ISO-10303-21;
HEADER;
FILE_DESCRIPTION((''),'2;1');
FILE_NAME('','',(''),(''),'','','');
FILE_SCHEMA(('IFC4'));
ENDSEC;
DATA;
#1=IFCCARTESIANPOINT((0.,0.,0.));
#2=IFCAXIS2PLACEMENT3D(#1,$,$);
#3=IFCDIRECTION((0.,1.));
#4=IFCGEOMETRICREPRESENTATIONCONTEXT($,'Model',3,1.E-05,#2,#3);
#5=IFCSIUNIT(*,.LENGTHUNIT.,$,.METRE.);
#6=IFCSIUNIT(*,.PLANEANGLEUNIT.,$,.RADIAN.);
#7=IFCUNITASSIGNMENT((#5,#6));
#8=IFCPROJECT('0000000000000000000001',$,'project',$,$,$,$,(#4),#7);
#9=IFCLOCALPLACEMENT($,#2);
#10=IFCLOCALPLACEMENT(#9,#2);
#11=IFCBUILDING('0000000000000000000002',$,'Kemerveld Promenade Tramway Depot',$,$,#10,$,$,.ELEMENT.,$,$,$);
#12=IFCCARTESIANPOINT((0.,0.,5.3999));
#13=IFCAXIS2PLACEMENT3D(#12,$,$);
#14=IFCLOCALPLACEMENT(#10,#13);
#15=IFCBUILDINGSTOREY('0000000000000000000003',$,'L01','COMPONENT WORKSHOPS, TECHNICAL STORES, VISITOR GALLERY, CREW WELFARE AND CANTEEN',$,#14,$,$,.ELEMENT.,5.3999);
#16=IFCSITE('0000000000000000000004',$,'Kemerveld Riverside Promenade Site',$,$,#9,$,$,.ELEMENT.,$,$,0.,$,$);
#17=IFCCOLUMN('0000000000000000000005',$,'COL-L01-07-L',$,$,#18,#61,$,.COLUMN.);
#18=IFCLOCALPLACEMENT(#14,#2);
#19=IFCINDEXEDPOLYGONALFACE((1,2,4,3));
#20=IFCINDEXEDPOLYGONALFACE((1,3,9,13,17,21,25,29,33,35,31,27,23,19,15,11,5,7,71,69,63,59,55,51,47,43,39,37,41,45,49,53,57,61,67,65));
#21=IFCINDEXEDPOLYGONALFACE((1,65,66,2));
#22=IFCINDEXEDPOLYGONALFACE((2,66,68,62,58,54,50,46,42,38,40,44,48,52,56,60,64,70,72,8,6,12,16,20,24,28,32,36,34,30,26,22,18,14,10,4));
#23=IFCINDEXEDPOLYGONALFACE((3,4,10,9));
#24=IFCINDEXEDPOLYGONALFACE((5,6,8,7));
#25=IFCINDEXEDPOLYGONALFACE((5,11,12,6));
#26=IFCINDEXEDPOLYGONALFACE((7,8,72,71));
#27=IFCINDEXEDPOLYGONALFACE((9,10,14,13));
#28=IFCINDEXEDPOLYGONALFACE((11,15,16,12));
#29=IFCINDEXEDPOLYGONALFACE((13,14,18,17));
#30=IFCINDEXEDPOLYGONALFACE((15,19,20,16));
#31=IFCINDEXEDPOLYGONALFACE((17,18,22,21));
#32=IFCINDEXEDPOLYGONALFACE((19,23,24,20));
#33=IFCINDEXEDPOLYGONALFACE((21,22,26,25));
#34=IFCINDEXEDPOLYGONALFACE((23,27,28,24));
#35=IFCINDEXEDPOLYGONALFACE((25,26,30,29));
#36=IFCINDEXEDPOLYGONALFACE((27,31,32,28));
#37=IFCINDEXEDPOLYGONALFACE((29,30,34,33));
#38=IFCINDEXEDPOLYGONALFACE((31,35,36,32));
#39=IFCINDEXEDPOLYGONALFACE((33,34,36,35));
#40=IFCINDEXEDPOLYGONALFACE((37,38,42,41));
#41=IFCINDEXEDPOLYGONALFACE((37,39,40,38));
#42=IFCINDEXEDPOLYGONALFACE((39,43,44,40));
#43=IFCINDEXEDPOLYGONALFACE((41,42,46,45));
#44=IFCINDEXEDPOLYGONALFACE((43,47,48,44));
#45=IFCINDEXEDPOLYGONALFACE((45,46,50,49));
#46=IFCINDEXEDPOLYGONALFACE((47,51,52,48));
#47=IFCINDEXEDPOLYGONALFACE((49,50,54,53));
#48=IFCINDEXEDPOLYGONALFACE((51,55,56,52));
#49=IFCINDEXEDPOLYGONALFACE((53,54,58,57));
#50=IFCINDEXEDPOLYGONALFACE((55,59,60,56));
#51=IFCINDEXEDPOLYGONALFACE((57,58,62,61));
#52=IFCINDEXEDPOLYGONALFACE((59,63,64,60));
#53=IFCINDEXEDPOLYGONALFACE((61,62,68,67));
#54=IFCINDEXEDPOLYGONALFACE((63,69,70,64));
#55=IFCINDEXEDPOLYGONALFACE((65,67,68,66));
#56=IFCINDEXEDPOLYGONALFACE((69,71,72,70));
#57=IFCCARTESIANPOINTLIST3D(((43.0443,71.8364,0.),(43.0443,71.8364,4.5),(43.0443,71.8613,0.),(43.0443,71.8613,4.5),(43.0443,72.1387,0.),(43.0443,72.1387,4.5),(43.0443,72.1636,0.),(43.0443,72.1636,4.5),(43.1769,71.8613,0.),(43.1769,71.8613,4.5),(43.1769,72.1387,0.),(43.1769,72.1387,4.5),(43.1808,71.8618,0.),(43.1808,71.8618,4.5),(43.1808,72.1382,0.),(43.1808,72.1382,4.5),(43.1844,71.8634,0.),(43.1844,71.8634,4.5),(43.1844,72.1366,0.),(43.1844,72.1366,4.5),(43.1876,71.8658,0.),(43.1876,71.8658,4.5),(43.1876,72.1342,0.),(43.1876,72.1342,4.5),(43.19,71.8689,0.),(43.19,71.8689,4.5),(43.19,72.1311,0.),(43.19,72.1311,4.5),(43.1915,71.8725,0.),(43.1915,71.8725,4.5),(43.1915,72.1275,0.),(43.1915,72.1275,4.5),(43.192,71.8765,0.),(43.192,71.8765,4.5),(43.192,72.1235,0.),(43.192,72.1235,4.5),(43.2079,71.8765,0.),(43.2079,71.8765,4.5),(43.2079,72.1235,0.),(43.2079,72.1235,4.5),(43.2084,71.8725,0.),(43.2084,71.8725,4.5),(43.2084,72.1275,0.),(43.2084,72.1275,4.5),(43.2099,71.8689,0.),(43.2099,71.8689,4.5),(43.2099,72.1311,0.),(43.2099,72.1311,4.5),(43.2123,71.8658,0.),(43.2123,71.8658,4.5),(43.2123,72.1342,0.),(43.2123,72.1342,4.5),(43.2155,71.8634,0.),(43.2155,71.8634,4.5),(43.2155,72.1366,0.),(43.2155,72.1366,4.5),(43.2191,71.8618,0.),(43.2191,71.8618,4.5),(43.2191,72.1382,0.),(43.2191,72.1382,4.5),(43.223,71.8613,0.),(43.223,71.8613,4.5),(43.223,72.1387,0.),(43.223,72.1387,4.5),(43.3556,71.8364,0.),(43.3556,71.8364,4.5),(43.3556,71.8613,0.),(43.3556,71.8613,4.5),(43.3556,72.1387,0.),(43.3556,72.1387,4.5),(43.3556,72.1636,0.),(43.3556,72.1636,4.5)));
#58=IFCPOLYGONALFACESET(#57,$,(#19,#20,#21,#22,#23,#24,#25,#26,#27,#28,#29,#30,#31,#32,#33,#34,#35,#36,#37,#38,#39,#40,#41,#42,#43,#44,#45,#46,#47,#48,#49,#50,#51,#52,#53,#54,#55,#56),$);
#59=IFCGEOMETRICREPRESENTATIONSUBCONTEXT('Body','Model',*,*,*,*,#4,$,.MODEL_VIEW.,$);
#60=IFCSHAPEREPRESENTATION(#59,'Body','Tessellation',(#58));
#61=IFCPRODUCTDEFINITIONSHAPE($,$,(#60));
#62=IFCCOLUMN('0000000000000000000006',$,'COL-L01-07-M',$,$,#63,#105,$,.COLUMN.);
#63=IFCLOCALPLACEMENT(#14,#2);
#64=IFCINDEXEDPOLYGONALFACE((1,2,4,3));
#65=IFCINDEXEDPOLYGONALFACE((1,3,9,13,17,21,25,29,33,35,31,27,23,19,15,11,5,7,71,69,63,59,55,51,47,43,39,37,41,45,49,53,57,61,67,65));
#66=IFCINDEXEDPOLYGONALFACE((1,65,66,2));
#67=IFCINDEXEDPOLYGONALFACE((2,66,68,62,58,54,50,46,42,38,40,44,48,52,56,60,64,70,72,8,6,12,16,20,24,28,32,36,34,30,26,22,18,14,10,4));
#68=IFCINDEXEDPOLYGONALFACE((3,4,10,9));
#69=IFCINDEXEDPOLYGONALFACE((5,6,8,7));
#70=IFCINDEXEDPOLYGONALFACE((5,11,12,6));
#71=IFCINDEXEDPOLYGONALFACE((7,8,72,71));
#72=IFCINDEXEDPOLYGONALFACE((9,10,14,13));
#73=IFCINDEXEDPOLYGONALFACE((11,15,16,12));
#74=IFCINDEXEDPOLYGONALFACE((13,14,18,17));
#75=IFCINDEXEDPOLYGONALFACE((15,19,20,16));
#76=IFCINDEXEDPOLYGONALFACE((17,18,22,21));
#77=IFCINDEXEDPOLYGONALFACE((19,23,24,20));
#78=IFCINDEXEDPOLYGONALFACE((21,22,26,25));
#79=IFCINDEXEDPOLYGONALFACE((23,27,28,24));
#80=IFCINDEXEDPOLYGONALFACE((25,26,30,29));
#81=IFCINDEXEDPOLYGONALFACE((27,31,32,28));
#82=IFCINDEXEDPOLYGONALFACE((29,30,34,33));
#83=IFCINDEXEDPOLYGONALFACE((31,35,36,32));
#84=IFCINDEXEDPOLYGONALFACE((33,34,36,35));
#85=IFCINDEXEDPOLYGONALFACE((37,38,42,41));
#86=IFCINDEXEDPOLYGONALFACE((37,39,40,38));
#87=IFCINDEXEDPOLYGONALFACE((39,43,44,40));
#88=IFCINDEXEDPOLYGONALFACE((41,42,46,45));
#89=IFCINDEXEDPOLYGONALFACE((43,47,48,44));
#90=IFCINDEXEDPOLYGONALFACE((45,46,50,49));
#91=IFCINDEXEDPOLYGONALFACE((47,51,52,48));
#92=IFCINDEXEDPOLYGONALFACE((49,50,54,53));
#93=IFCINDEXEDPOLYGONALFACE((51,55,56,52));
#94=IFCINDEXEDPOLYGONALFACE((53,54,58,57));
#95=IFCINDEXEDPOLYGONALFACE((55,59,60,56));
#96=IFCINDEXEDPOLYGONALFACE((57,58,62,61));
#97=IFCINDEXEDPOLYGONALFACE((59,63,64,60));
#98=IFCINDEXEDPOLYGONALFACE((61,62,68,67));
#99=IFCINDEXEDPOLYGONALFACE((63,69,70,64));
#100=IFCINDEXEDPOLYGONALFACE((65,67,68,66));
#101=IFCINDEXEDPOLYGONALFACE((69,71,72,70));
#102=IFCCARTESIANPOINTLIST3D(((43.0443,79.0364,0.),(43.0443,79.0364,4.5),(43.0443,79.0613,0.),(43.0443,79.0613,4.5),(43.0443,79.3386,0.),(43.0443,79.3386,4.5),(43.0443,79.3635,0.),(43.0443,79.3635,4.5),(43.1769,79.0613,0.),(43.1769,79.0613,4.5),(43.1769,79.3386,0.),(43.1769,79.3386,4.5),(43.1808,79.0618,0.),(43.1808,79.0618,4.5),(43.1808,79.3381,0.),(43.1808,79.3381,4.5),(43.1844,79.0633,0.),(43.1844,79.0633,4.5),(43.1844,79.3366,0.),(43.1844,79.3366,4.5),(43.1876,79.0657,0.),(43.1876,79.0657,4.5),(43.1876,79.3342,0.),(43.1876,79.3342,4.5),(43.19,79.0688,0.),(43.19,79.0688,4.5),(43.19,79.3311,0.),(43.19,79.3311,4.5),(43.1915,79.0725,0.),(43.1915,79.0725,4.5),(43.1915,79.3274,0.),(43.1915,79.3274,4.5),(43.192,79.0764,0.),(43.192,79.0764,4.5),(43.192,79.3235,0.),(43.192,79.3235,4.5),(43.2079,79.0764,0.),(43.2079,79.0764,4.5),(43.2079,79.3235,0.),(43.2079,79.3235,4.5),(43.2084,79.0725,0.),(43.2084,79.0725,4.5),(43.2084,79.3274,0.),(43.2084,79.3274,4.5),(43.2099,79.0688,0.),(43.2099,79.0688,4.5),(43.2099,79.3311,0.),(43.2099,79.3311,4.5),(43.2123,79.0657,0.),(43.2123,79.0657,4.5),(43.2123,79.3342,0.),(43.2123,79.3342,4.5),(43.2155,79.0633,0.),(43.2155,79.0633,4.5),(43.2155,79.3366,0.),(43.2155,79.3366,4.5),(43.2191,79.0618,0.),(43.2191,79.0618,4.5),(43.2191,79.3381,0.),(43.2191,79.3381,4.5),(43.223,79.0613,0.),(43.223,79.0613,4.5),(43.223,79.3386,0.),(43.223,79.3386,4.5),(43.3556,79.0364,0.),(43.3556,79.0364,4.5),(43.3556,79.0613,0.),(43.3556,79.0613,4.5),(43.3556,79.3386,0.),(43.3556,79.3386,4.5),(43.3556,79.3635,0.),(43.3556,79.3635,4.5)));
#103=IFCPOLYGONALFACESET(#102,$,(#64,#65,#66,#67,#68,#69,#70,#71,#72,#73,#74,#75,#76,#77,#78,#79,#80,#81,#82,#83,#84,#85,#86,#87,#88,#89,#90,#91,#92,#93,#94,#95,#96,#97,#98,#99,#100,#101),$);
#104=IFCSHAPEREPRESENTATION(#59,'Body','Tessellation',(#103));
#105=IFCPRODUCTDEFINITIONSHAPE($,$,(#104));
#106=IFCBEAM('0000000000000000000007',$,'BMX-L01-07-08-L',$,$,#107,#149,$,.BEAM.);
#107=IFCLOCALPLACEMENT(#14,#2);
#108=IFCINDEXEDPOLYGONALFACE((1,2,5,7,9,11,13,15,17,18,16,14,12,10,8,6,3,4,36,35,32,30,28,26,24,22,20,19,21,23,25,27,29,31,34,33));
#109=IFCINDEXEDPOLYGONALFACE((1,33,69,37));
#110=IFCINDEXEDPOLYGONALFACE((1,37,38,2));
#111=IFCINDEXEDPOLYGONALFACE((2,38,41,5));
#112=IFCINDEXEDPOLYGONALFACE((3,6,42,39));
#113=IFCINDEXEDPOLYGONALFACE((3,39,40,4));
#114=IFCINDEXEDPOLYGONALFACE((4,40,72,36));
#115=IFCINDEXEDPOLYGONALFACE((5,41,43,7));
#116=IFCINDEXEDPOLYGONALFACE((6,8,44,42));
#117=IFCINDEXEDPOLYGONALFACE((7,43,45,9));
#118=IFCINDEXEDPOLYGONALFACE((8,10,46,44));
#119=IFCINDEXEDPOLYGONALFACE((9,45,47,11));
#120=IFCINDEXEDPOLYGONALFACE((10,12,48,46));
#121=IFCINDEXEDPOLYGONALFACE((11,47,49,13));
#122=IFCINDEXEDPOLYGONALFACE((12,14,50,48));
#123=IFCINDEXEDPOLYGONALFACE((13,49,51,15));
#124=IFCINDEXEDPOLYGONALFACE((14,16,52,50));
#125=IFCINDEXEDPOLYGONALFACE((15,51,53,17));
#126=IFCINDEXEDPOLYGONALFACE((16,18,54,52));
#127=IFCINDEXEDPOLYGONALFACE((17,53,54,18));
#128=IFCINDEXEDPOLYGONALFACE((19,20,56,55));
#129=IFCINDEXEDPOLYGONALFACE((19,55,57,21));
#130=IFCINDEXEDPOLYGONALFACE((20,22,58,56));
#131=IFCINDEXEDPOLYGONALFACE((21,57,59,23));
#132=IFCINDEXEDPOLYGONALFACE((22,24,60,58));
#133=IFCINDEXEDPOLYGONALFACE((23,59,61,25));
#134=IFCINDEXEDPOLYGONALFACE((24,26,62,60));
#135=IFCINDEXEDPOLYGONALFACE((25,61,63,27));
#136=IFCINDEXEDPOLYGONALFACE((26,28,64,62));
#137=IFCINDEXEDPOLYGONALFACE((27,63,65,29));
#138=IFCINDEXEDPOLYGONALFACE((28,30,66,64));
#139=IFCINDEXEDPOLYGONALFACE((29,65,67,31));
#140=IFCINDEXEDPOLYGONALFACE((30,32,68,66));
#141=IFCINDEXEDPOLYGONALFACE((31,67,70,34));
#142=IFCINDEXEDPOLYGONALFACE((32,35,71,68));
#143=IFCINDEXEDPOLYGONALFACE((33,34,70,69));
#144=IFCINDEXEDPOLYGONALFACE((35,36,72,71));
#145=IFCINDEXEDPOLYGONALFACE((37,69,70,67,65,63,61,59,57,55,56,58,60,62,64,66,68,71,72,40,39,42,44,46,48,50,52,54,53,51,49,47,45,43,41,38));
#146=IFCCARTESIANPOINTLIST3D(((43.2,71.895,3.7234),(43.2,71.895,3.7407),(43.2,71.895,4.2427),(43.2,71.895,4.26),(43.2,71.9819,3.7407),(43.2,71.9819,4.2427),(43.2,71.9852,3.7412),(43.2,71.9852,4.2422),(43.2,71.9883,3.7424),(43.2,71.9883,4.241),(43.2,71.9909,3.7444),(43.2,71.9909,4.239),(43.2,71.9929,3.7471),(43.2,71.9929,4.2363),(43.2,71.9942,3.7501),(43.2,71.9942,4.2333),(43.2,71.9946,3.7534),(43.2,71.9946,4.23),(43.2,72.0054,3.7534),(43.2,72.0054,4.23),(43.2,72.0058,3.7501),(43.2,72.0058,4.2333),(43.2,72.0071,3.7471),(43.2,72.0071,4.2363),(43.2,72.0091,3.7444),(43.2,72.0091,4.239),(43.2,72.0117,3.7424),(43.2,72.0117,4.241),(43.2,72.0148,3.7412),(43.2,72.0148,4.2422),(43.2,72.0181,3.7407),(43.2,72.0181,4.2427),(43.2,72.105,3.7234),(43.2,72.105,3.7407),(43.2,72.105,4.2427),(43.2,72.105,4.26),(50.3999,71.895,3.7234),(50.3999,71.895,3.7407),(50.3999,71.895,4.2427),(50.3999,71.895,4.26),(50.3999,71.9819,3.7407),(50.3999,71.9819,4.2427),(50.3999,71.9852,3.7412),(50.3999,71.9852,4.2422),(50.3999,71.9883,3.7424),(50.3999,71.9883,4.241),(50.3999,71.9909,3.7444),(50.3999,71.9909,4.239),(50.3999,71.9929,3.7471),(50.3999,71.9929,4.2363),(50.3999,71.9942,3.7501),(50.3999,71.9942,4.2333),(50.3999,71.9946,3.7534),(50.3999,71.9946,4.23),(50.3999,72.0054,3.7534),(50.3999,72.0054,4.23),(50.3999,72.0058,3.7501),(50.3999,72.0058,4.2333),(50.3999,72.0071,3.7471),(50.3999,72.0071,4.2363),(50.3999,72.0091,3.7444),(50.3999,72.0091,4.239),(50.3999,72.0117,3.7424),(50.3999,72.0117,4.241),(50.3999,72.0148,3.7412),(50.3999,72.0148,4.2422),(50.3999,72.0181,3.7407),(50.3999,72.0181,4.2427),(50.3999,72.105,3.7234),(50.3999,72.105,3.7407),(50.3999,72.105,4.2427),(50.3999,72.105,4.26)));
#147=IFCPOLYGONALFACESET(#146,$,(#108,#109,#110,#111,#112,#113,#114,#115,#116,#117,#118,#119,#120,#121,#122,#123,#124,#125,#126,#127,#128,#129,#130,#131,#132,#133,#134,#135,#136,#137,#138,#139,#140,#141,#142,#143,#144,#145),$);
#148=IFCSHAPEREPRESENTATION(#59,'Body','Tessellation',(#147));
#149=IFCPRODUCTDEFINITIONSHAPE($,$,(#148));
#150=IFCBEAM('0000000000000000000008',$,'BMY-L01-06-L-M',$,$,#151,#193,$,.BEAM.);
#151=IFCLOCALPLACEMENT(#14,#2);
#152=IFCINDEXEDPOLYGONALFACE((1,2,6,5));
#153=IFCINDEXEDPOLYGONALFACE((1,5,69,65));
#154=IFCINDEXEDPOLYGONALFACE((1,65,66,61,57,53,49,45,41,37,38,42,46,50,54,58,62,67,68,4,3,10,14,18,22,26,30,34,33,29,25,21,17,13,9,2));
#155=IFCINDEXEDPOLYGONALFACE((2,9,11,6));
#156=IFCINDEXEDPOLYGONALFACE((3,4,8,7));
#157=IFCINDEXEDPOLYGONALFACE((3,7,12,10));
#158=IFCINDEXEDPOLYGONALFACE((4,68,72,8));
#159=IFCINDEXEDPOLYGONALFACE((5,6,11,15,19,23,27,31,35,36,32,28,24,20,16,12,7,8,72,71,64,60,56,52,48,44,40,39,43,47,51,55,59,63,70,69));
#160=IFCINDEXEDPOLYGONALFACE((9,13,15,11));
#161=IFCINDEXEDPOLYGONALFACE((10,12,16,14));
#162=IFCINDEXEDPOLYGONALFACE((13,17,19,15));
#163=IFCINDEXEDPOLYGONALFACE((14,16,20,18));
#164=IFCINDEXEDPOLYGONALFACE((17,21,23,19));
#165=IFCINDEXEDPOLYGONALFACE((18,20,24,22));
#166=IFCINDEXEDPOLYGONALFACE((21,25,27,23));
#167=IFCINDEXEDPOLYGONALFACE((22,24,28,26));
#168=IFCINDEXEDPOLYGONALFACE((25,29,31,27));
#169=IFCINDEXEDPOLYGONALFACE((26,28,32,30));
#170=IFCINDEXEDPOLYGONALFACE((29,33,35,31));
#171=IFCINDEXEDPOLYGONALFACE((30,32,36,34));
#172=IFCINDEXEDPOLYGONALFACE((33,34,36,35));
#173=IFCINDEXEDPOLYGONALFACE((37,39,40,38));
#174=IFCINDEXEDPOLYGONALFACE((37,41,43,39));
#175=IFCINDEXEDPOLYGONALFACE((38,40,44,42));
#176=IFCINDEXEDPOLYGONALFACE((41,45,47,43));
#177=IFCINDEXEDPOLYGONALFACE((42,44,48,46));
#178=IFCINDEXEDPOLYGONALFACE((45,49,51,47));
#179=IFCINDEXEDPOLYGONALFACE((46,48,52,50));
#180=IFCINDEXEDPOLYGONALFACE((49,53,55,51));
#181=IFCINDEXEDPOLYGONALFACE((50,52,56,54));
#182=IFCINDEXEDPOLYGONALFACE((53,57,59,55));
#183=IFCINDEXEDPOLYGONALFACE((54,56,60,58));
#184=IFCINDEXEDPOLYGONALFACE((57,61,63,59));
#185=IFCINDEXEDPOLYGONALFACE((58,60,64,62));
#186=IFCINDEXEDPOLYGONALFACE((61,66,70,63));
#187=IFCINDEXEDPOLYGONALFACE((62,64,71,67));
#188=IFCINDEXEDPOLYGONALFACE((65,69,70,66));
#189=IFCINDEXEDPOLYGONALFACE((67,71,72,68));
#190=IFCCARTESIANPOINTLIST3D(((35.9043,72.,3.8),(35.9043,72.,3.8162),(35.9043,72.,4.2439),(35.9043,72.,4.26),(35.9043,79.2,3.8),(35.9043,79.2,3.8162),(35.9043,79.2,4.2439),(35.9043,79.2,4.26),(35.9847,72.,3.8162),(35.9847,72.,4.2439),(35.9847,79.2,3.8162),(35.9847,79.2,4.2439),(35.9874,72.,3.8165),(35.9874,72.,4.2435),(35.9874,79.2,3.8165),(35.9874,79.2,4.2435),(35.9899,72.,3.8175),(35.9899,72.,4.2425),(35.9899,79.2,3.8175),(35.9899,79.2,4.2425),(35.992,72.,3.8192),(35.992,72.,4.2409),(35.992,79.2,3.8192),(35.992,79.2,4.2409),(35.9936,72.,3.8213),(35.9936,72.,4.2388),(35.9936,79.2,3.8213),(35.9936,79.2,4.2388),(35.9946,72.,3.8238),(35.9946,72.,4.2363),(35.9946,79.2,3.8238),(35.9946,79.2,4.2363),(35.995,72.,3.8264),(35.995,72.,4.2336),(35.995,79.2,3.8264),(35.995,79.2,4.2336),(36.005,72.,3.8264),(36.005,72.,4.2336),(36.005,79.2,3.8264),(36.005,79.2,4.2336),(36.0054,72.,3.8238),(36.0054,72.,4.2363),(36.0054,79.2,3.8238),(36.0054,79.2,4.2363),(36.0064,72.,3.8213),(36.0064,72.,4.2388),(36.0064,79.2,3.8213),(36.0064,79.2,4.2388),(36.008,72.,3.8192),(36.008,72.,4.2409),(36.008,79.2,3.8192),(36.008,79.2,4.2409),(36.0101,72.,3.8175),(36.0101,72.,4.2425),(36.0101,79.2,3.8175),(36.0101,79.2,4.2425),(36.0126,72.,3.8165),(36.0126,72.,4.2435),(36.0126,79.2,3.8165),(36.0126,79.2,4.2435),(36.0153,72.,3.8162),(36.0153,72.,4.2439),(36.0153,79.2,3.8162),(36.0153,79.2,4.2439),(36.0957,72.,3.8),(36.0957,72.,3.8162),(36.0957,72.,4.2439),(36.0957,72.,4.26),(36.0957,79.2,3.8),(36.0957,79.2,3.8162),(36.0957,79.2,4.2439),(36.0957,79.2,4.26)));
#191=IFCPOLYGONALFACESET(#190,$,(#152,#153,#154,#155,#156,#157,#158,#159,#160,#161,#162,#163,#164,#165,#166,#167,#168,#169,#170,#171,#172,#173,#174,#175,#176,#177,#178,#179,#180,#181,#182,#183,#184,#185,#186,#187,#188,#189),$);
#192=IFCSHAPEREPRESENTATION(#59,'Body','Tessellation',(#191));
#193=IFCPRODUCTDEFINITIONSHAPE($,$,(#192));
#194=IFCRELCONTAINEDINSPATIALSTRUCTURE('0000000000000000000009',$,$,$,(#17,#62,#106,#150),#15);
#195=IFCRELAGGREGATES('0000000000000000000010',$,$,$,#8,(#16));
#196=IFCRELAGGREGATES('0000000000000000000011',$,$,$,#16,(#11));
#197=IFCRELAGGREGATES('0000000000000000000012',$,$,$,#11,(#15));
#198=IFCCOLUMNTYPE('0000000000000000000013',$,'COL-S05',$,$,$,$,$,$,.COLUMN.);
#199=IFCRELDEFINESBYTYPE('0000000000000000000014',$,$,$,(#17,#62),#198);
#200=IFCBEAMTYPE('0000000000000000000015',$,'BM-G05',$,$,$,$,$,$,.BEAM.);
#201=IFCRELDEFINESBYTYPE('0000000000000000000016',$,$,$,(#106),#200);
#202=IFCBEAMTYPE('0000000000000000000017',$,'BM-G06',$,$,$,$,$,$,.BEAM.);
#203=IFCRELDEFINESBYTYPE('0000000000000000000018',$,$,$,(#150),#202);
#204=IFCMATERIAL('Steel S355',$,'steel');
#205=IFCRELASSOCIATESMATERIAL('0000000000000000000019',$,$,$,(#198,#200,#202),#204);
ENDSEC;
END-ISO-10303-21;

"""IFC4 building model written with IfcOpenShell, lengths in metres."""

from ifc_helpers import new_model, si_unit, direction, frame, origin, origin_2d, place, context, subcontext, project, spatial, i_section, extrude, material, material_profile, profile_set, type_object, element, save


model = new_model("IFC4")

# Units and contexts
model_context = context("Model", 3, precision=1e-05, world=origin(), true_north=direction((0.0, 1.0)))
body_context = subcontext(model_context, "Body", "Model", "MODEL_VIEW")
ifc_project = project(units=[si_unit("LENGTHUNIT", "METRE"), si_unit("PLANEANGLEUNIT", "RADIAN")], contexts=[model_context])

# Site, building, storey
site_placement = place(None, origin())
site = spatial("IfcSite", under=ifc_project, at=site_placement, Name="Kemerveld Riverside Promenade Site", CompositionType="ELEMENT", RefElevation=0.0)
building_placement = place(site_placement, origin())
building = spatial("IfcBuilding", under=site, at=building_placement, Name="Kemerveld Promenade Tramway Depot", CompositionType="ELEMENT")
storey_placement = place(building_placement, frame((0.0, 0.0, 5.3999)))
storey = spatial("IfcBuildingStorey", under=building, at=storey_placement, Name="L01", Description="COMPONENT WORKSHOPS, TECHNICAL STORES, VISITOR GALLERY, CREW WELFARE AND CANTEEN", CompositionType="ELEMENT", Elevation=5.3999)

# Columns
ifc_material_1 = material(Name="Steel S355", Category="steel")
ifc_material_profile_1 = material_profile(ifc_material_1, i_section(OverallWidth=0.3113, OverallDepth=0.3271, WebThickness=0.0159, FlangeThickness=0.0249, FilletRadius=0.0151, at=origin_2d()), Name="305x305x158 UC")
ifc_profile_set_1 = profile_set([ifc_material_profile_1], Name="Steel S355")
column_type = type_object("IfcColumnType", Name="COL-S05", PredefinedType="COLUMN", material=ifc_profile_set_1)
for number, where, z_axis, x_axis, name in (
    (1, (43.2, 72.0, 0.0), (0.0, 0.0, 1.0), (1.0, 0.0, 0.0), "COL-L01-07-L"),
    (2, (43.2, 79.2, 0.0), (0.0, 0.0, 1.0), (1.0, 0.0, 0.0), "COL-L01-07-M"),
):
    element("IfcColumn", number, at=place(storey_placement, frame(where, z_axis=z_axis, x_axis=x_axis)), inside=storey, type_object=column_type, Name=name, PredefinedType="COLUMN", context=body_context, shape_type="SweptSolid", body=[
        extrude(i_section(OverallWidth=0.3113, OverallDepth=0.3271, WebThickness=0.0159, FlangeThickness=0.0249, FilletRadius=0.0151, at=origin_2d()), origin(), (0.0, 0.0, 1.0), 4.5),
    ])

# Beams
ifc_material_profile_2 = material_profile(ifc_material_1, i_section(OverallWidth=0.21, OverallDepth=0.5366, WebThickness=0.0107, FlangeThickness=0.0173, FilletRadius=0.0127, at=origin_2d()), Name="533x210x101 UB")
ifc_profile_set_2 = profile_set([ifc_material_profile_2], Name="Steel S355")
beam_type_1 = type_object("IfcBeamType", Name="BM-G05", PredefinedType="BEAM", material=ifc_profile_set_2)
beam_1_placement = place(storey_placement, frame((43.2, 72.0, 3.9917), z_axis=(1.0, 0.0, 0.0), x_axis=(0.0, 1.0, 0.0)))
element("IfcBeam", 3, at=beam_1_placement, inside=storey, type_object=beam_type_1, Name="BMX-L01-07-08-L", PredefinedType="BEAM", context=body_context, shape_type="SweptSolid", body=[
    extrude(i_section(OverallWidth=0.21, OverallDepth=0.5366, WebThickness=0.0107, FlangeThickness=0.0173, FilletRadius=0.0127, at=origin_2d()), origin(), (0.0, 0.0, 1.0), 7.2),
])
ifc_material_profile_3 = material_profile(ifc_material_1, i_section(OverallWidth=0.1914, OverallDepth=0.46, WebThickness=0.01, FlangeThickness=0.0161, FilletRadius=0.0103, at=origin_2d()), Name="457x191x82 UB")
ifc_profile_set_3 = profile_set([ifc_material_profile_3], Name="Steel S355")
beam_type_2 = type_object("IfcBeamType", Name="BM-G06", PredefinedType="BEAM", material=ifc_profile_set_3)
for number, where, z_axis, x_axis, name in (
    (4, (36.0, 72.0, 4.03), (0.0, 1.0, 0.0), (-1.0, 0.0, 0.0), "BMY-L01-06-L-M"),
):
    element("IfcBeam", number, at=place(storey_placement, frame(where, z_axis=z_axis, x_axis=x_axis)), inside=storey, type_object=beam_type_2, Name=name, PredefinedType="BEAM", context=body_context, shape_type="SweptSolid", body=[
        extrude(i_section(OverallWidth=0.1914, OverallDepth=0.46, WebThickness=0.01, FlangeThickness=0.0161, FilletRadius=0.0103, at=origin_2d()), origin(), (0.0, 0.0, 1.0), 7.2),
    ])

save(model, "model.ifc")
